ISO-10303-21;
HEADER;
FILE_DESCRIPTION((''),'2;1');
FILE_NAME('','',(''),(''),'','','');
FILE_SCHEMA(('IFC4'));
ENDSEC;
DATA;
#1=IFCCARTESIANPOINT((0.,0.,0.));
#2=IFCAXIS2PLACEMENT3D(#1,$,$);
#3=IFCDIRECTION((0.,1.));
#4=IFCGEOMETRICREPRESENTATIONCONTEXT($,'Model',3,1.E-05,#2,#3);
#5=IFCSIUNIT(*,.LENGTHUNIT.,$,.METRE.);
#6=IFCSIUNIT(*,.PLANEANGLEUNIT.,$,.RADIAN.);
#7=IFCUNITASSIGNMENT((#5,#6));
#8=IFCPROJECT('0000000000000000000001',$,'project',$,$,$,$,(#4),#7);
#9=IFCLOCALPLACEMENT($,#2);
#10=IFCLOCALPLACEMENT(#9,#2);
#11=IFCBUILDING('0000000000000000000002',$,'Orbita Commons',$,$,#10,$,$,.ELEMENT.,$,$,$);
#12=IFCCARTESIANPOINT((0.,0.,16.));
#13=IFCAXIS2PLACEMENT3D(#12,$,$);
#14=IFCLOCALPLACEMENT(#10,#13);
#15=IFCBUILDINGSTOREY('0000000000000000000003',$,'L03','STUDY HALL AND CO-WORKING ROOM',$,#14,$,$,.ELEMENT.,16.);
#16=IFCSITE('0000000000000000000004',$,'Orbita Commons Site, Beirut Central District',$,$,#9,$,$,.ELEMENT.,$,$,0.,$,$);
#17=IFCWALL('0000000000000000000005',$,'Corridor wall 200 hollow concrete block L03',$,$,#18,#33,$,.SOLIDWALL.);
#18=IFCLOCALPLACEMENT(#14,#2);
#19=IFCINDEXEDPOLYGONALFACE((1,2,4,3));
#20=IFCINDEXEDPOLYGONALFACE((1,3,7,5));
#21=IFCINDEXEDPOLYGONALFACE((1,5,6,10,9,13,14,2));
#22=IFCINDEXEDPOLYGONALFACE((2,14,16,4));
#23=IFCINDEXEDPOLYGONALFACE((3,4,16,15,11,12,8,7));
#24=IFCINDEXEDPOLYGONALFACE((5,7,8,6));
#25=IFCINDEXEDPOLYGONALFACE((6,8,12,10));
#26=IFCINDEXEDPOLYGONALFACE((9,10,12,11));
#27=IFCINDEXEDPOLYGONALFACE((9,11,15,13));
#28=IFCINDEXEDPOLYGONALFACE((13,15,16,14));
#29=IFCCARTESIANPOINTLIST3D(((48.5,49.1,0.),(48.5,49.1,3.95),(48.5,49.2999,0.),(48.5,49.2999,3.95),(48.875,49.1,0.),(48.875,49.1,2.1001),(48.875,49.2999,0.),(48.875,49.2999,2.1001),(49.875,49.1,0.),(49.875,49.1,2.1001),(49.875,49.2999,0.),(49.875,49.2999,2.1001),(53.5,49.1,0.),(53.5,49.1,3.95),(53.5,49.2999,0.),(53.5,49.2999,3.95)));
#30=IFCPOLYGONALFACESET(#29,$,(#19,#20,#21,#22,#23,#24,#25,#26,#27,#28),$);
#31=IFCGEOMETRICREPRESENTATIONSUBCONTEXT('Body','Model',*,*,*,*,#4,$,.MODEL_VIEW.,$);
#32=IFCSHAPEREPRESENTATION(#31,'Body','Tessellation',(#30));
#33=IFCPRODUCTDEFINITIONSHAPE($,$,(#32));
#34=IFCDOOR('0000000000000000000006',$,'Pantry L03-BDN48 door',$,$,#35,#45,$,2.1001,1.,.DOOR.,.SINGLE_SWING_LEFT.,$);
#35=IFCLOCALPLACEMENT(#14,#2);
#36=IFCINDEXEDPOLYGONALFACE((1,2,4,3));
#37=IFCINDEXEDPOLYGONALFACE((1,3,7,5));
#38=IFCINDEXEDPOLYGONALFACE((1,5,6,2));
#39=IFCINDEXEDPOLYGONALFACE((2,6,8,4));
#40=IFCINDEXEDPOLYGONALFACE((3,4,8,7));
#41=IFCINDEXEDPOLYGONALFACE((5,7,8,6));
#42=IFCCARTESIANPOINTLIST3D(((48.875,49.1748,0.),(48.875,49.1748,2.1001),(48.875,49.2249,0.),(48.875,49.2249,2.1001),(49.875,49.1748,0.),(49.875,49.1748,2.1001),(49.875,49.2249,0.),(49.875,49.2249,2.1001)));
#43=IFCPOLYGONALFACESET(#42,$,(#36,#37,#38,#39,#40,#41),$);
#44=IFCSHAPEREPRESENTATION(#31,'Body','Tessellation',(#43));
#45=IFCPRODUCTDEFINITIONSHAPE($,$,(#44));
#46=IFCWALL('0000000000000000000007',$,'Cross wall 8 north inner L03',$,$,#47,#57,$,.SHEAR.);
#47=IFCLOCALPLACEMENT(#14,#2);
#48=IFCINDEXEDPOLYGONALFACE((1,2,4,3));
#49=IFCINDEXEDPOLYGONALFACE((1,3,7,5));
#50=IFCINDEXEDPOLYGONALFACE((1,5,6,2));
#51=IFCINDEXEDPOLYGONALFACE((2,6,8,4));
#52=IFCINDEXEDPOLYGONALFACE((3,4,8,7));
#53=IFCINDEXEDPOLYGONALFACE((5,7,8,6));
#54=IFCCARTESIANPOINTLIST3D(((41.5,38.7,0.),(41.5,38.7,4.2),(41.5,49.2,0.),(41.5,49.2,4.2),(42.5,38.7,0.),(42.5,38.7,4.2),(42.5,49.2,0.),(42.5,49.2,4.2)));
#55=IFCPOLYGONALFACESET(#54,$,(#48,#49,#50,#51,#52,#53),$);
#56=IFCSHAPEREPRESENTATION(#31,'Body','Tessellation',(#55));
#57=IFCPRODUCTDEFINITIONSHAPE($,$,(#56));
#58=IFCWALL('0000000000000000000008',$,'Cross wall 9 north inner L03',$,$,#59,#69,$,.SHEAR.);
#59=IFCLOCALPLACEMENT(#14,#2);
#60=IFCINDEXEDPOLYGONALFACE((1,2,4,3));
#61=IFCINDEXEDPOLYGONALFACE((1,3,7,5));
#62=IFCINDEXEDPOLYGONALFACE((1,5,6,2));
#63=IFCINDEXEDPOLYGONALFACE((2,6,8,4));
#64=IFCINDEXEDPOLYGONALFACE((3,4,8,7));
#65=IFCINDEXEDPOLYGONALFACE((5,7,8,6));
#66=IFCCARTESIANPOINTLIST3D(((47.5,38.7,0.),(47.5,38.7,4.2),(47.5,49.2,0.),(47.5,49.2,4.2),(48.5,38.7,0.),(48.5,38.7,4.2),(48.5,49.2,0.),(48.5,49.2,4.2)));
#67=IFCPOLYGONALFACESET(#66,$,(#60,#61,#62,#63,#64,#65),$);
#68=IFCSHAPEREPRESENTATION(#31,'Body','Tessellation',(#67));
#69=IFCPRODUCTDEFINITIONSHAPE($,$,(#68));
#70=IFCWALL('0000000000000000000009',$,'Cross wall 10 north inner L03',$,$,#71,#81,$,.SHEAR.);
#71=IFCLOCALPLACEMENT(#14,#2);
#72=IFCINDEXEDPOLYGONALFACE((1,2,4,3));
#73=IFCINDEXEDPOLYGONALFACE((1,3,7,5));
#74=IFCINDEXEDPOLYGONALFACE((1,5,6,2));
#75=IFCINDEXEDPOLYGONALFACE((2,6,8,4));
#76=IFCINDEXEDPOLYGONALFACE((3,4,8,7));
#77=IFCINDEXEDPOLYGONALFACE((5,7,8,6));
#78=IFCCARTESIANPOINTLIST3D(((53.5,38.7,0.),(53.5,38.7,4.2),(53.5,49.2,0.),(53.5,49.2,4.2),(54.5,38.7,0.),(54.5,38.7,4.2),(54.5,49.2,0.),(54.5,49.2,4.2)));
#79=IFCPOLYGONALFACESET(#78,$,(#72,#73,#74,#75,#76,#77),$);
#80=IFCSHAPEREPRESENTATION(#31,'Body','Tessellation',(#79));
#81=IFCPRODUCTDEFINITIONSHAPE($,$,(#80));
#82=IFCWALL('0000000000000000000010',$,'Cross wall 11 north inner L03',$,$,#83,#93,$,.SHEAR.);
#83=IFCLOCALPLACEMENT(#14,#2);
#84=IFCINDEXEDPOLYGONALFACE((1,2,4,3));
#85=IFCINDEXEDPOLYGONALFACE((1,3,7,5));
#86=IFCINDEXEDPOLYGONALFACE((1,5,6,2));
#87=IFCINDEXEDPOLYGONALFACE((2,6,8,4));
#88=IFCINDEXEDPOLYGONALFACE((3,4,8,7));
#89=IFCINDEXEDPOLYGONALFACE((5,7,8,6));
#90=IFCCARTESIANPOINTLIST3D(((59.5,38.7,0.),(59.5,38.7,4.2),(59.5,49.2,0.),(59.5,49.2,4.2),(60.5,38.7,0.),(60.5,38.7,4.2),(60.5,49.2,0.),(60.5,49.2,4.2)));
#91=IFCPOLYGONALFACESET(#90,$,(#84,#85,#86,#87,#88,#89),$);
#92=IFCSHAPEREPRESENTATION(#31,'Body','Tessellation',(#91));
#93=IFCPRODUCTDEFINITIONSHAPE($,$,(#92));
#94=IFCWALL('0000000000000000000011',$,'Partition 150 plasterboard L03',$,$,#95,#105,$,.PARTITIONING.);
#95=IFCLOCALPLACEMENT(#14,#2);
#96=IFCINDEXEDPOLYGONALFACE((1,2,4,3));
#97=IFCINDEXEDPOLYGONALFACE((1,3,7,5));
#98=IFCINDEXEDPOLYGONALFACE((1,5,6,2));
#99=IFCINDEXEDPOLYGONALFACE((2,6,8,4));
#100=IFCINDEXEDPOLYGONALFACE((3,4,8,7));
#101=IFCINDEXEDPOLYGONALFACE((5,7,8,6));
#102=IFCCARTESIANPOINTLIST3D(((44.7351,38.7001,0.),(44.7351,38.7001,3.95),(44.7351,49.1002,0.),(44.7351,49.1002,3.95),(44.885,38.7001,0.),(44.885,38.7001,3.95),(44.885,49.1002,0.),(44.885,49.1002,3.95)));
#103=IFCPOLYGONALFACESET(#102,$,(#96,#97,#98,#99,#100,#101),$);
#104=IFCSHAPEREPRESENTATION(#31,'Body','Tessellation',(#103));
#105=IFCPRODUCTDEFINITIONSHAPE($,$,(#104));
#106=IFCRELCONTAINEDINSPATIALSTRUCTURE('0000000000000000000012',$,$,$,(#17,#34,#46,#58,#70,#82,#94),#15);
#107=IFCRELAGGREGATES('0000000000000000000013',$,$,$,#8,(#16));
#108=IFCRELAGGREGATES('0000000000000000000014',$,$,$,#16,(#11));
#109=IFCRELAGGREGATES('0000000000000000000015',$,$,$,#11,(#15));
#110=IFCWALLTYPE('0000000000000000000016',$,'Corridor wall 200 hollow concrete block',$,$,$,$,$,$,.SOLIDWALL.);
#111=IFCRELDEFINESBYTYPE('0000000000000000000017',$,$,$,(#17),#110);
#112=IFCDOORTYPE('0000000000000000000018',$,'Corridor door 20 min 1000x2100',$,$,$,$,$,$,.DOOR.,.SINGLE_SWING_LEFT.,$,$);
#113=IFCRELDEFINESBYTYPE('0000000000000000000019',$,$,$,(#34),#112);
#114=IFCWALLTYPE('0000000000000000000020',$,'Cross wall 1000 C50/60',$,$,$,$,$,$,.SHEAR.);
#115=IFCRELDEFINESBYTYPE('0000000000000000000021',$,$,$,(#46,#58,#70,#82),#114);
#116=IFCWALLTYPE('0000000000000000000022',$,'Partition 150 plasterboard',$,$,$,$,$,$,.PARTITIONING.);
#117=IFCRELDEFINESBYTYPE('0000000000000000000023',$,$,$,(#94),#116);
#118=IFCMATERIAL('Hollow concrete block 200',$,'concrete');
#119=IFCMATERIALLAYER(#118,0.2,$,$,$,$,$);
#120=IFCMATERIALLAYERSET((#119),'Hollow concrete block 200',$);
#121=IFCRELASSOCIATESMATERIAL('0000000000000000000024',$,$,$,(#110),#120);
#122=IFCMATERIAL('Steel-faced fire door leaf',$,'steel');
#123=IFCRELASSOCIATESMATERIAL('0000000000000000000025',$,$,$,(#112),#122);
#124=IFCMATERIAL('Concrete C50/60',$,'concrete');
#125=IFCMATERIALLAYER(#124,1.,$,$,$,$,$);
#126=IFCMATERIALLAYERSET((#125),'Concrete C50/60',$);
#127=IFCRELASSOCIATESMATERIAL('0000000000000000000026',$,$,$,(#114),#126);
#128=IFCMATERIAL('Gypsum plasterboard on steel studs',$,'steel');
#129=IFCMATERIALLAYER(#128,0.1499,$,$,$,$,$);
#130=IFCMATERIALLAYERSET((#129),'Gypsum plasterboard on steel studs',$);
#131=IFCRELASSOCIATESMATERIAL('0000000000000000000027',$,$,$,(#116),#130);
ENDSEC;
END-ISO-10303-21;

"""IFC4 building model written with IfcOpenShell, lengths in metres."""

from ifc_helpers import new_model, si_unit, direction, frame, frame_2d, origin, place, context, subcontext, project, spatial, rectangle, extrude, material, layer, layer_set, type_object, element, fill, save


model = new_model("IFC4")

# Units and contexts
model_context = context("Model", 3, precision=1e-05, world=origin(), true_north=direction((0.0, 1.0)))
body_context = subcontext(model_context, "Body", "Model", "MODEL_VIEW")
ifc_project = project(units=[si_unit("LENGTHUNIT", "METRE"), si_unit("PLANEANGLEUNIT", "RADIAN")], contexts=[model_context])

# Site, building, storey
site_placement = place(None, origin())
site = spatial("IfcSite", under=ifc_project, at=site_placement, Name="Orbita Commons Site, Beirut Central District", CompositionType="ELEMENT", RefElevation=0.0)
building_placement = place(site_placement, origin())
building = spatial("IfcBuilding", under=site, at=building_placement, Name="Orbita Commons", CompositionType="ELEMENT")
storey_placement = place(building_placement, frame((0.0, 0.0, 16.0)))
storey = spatial("IfcBuildingStorey", under=building, at=storey_placement, Name="L03", Description="STUDY HALL AND CO-WORKING ROOM", CompositionType="ELEMENT", Elevation=16.0)

# Shared definitions
ifc_material_1 = material(Name="Hollow concrete block 200", Category="concrete")
ifc_layer_1 = layer(ifc_material_1, 0.2)
ifc_layer_set_1 = layer_set([ifc_layer_1], Name="Hollow concrete block 200")
wall_type_1 = type_object("IfcWallType", Name="Corridor wall 200 hollow concrete block", PredefinedType="SOLIDWALL", material=ifc_layer_set_1)

# Wall, opening, door
wall_1_placement = place(storey_placement, frame((48.5, 49.2, 0.0), z_axis=(0.0, 0.0, 1.0), x_axis=(1.0, 0.0, 0.0)))
wall_1 = element("IfcWall", 1, at=wall_1_placement, inside=storey, type_object=wall_type_1, Name="Corridor wall 200 hollow concrete block L03", PredefinedType="SOLIDWALL", context=body_context, shape_type="SweptSolid", body=[
    extrude(rectangle(XDim=5.0, YDim=0.2, at=frame_2d((2.5, 0.0))), origin(), (0.0, 0.0, 1.0), 3.95),
])
opening_1_placement = place(wall_1_placement, frame((0.375, 0.0, 0.0)))
opening_1 = element("IfcOpeningElement", 2, at=opening_1_placement, cuts=wall_1, PredefinedType="OPENING", context=body_context, shape_type="SweptSolid", body=[
    extrude(rectangle(XDim=1.0, YDim=2.1001, at=frame_2d((0.5, 1.05))), frame((0.0, 0.1099, 0.0), z_axis=(0.0, -1.0, 0.0), x_axis=(1.0, 0.0, 0.0)), (0.0, 0.0, 1.0), 0.22),
])
ifc_material_2 = material(Name="Steel-faced fire door leaf", Category="steel")
door_type_1 = type_object("IfcDoorType", Name="Corridor door 20 min 1000x2100", OperationType="SINGLE_SWING_LEFT", PredefinedType="DOOR", material=ifc_material_2)
door_1_placement = place(opening_1_placement, origin())
door_1 = element("IfcDoor", 3, at=door_1_placement, inside=storey, type_object=door_type_1, Name="Pantry L03-BDN48 door", OperationType="SINGLE_SWING_LEFT", OverallHeight=2.1001, OverallWidth=1.0, PredefinedType="DOOR", context=body_context, shape_type="SweptSolid", body=[
    extrude(rectangle(XDim=1.0, YDim=2.1001, at=frame_2d((0.5, 1.05))), frame((0.0, 0.0249, 0.0), z_axis=(0.0, -1.0, 0.0), x_axis=(1.0, 0.0, 0.0)), (0.0, 0.0, 1.0), 0.05),
])
fill(opening_1, door_1)

# Walls
ifc_material_3 = material(Name="Concrete C50/60", Category="concrete")
ifc_layer_2 = layer(ifc_material_3, 1.0)
ifc_layer_set_2 = layer_set([ifc_layer_2], Name="Concrete C50/60")
wall_type_2 = type_object("IfcWallType", Name="Cross wall 1000 C50/60", PredefinedType="SHEAR", material=ifc_layer_set_2)
for number, where, z_axis, x_axis, name in (
    (4, (42.0, 38.7, 0.0), (0.0, 0.0, 1.0), (0.0, 1.0, 0.0), "Cross wall 8 north inner L03"),
    (5, (48.0, 38.7, 0.0), (0.0, 0.0, 1.0), (0.0, 1.0, 0.0), "Cross wall 9 north inner L03"),
    (6, (54.0, 38.7, 0.0), (0.0, 0.0, 1.0), (0.0, 1.0, 0.0), "Cross wall 10 north inner L03"),
    (7, (60.0, 38.7, 0.0), (0.0, 0.0, 1.0), (0.0, 1.0, 0.0), "Cross wall 11 north inner L03"),
):
    element("IfcWall", number, at=place(storey_placement, frame(where, z_axis=z_axis, x_axis=x_axis)), inside=storey, type_object=wall_type_2, Name=name, PredefinedType="SHEAR", context=body_context, shape_type="SweptSolid", body=[
        extrude(rectangle(XDim=10.5, YDim=1.0, at=frame_2d((5.25, 0.0))), origin(), (0.0, 0.0, 1.0), 4.2),
    ])
ifc_material_4 = material(Name="Gypsum plasterboard on steel studs", Category="steel")
ifc_layer_3 = layer(ifc_material_4, 0.1499)
ifc_layer_set_3 = layer_set([ifc_layer_3], Name="Gypsum plasterboard on steel studs")
wall_type_3 = type_object("IfcWallType", Name="Partition 150 plasterboard", PredefinedType="PARTITIONING", material=ifc_layer_set_3)
wall_2_placement = place(storey_placement, frame((44.8101, 38.7, 0.0), z_axis=(0.0, 0.0, 1.0), x_axis=(0.0, 1.0, 0.0)))
element("IfcWall", 8, at=wall_2_placement, inside=storey, type_object=wall_type_3, Name="Partition 150 plasterboard L03", PredefinedType="PARTITIONING", context=body_context, shape_type="SweptSolid", body=[
    extrude(rectangle(XDim=10.4001, YDim=0.1499, at=frame_2d((5.2002, 0.0))), origin(), (0.0, 0.0, 1.0), 3.95),
])

save(model, "model.ifc")
